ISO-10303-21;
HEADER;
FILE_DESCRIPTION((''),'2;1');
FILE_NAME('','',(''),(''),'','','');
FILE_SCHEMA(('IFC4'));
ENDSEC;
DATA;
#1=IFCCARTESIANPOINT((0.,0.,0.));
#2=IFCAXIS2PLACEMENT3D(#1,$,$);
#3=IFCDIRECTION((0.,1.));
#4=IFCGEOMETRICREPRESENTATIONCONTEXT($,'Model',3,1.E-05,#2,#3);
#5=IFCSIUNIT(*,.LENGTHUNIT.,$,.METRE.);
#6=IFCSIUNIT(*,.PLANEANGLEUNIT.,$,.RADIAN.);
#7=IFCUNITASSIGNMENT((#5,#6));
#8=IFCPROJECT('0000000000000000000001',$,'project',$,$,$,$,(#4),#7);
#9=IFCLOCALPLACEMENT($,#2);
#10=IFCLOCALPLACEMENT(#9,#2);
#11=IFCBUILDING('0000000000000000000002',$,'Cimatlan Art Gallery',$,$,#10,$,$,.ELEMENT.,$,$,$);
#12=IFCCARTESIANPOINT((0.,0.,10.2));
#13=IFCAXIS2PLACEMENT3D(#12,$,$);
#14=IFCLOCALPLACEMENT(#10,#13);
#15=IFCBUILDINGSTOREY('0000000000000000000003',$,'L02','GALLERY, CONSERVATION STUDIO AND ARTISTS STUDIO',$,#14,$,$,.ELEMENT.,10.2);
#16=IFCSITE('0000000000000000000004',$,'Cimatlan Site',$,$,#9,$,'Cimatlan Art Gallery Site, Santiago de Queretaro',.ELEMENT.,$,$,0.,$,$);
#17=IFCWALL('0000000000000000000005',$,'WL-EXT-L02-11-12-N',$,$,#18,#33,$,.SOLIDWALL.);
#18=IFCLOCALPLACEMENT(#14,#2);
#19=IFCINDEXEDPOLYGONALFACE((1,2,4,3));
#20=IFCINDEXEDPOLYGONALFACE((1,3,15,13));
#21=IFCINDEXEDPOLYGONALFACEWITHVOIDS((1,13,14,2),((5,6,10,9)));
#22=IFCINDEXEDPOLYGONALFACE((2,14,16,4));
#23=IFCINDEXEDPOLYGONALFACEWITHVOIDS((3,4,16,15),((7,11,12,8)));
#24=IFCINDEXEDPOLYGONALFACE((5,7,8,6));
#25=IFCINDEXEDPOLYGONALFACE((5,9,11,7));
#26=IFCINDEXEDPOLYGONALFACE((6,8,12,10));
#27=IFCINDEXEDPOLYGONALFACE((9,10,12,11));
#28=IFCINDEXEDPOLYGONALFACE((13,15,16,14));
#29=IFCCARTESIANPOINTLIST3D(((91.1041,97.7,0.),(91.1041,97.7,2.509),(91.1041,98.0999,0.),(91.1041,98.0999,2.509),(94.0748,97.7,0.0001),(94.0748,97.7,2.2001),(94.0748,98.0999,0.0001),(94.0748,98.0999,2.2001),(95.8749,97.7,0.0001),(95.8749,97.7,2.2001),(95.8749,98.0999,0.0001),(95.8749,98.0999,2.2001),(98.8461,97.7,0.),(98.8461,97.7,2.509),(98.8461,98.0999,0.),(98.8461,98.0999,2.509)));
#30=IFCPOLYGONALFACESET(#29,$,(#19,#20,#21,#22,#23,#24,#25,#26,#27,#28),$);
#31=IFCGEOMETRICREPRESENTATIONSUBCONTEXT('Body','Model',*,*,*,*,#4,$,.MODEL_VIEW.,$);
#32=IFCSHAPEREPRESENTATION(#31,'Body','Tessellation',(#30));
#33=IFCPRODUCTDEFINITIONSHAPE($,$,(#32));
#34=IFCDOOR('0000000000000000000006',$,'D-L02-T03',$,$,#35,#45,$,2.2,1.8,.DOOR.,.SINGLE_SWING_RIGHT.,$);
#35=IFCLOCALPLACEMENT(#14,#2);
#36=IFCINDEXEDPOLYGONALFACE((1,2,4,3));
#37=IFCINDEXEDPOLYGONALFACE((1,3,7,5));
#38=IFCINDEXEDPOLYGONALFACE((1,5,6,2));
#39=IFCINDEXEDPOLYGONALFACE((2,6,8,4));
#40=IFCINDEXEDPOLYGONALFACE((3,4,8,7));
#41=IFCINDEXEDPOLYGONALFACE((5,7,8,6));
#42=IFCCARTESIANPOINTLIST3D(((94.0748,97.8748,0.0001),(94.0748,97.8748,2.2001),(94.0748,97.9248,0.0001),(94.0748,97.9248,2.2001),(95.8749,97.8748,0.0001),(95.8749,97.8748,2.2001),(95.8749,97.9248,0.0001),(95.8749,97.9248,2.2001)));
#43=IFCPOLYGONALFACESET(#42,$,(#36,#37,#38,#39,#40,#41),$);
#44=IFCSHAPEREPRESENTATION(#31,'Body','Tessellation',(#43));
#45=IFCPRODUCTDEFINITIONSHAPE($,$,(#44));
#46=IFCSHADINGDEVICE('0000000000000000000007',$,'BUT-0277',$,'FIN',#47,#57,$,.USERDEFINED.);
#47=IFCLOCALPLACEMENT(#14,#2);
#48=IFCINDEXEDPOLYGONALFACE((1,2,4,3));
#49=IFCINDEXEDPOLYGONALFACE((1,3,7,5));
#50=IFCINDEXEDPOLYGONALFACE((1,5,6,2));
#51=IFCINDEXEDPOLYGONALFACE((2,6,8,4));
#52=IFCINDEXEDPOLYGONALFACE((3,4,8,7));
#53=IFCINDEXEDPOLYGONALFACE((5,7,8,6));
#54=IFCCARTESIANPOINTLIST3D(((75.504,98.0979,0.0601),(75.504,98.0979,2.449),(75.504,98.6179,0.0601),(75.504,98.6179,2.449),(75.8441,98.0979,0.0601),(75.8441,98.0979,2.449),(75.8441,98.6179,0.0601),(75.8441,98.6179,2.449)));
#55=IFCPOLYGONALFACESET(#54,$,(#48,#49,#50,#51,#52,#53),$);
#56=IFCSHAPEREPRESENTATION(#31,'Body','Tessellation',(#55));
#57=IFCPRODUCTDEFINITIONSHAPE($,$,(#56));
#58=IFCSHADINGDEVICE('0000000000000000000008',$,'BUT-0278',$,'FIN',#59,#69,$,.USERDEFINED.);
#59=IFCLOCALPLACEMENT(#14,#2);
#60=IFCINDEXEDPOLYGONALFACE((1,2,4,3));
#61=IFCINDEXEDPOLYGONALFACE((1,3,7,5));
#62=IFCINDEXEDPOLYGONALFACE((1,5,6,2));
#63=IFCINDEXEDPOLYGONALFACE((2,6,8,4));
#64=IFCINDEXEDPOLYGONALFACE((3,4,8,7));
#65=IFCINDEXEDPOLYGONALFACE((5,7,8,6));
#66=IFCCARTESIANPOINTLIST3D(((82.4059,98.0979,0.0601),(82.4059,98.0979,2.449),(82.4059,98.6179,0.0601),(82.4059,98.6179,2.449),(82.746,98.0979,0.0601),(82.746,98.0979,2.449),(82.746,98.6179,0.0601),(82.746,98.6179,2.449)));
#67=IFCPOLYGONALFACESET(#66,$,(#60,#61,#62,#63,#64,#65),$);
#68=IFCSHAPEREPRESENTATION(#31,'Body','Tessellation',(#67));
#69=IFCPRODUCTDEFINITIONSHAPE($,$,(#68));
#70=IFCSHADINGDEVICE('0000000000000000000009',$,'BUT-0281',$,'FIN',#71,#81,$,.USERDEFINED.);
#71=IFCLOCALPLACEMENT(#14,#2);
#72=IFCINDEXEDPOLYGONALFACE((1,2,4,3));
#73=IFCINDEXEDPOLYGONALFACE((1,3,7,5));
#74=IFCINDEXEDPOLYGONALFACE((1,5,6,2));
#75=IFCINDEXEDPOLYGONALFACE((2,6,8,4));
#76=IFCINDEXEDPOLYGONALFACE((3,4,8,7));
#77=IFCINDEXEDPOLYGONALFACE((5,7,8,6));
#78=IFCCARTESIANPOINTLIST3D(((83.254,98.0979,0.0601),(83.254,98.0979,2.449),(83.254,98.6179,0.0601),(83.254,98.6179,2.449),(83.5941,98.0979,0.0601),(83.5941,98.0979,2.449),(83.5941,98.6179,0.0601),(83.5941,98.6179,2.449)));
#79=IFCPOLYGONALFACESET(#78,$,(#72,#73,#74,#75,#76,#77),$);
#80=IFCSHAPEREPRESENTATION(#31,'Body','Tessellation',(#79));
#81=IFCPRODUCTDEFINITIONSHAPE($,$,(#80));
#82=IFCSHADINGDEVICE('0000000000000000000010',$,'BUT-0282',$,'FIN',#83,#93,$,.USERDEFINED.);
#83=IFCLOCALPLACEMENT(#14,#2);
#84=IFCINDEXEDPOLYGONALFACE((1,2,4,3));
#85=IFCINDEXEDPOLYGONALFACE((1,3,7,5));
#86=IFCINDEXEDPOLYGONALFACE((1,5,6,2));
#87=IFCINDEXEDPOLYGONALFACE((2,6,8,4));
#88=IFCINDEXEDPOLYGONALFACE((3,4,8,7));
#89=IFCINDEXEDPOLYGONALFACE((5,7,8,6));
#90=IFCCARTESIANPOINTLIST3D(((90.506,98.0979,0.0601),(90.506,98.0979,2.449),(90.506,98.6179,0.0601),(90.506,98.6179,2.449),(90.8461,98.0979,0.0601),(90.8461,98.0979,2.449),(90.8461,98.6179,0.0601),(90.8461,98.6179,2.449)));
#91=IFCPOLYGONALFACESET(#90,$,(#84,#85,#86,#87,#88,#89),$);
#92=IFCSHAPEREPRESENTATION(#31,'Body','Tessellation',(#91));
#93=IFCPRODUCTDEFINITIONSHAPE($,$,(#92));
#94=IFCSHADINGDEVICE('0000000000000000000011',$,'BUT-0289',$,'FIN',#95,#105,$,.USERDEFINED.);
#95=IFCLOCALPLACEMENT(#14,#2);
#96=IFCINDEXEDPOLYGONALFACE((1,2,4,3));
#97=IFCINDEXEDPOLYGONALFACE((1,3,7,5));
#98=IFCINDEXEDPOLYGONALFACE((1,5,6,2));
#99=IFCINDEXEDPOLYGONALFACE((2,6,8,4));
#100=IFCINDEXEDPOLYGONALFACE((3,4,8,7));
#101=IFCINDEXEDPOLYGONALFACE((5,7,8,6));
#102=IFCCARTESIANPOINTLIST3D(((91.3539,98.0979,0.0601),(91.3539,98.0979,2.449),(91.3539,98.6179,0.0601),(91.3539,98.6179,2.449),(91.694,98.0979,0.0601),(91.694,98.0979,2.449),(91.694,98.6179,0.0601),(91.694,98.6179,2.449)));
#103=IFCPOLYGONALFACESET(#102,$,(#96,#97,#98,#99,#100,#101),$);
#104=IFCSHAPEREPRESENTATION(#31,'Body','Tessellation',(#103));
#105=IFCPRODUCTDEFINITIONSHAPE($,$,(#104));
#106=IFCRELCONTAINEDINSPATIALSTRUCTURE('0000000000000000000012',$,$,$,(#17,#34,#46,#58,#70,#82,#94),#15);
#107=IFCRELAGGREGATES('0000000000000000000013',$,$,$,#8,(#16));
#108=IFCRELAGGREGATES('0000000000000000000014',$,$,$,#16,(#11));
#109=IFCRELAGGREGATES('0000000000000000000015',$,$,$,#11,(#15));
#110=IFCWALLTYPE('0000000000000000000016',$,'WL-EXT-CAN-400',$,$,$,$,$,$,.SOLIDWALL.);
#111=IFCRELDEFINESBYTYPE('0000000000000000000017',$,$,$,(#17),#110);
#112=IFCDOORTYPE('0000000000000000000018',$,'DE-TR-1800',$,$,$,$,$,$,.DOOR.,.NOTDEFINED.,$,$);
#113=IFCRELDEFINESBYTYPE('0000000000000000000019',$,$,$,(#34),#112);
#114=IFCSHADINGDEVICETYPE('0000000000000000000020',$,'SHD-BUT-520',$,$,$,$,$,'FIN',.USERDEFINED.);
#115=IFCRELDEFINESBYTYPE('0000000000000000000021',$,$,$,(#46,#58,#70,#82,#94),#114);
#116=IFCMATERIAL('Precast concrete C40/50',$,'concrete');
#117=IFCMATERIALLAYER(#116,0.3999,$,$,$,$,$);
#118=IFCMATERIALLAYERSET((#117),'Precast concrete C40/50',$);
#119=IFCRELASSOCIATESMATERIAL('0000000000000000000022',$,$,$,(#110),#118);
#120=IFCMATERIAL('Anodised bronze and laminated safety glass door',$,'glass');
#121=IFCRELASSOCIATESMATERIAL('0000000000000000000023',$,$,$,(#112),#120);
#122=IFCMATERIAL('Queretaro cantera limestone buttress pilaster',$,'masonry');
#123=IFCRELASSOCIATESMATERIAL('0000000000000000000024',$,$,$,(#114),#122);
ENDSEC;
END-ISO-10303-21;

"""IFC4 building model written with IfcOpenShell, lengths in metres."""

from ifc_helpers import new_model, si_unit, direction, frame, frame_2d, origin, origin_2d, place, context, subcontext, project, spatial, rectangle, extrude, material, layer, layer_set, type_object, element, fill, save


model = new_model("IFC4")

# Units and contexts
model_context = context("Model", 3, precision=1e-05, world=origin(), true_north=direction((0.0, 1.0)))
body_context = subcontext(model_context, "Body", "Model", "MODEL_VIEW")
ifc_project = project(units=[si_unit("LENGTHUNIT", "METRE"), si_unit("PLANEANGLEUNIT", "RADIAN")], contexts=[model_context])

# Site, building, storey
site_placement = place(None, origin())
site = spatial("IfcSite", under=ifc_project, at=site_placement, Name="Cimatlan Site", LongName="Cimatlan Art Gallery Site, Santiago de Queretaro", CompositionType="ELEMENT", RefElevation=0.0)
building_placement = place(site_placement, origin())
building = spatial("IfcBuilding", under=site, at=building_placement, Name="Cimatlan Art Gallery", CompositionType="ELEMENT")
storey_placement = place(building_placement, frame((0.0, 0.0, 10.2)))
storey = spatial("IfcBuildingStorey", under=building, at=storey_placement, Name="L02", Description="GALLERY, CONSERVATION STUDIO AND ARTISTS STUDIO", CompositionType="ELEMENT", Elevation=10.2)

# Shared definitions
ifc_material_1 = material(Name="Precast concrete C40/50", Category="concrete")
ifc_layer_1 = layer(ifc_material_1, 0.3999)
ifc_layer_set_1 = layer_set([ifc_layer_1], Name="Precast concrete C40/50")
wall_type = type_object("IfcWallType", Name="WL-EXT-CAN-400", PredefinedType="SOLIDWALL", material=ifc_layer_set_1)

# Wall, opening, door
wall_1_placement = place(storey_placement, frame((91.104, 97.8999, 0.0), z_axis=(0.0, 0.0, 1.0), x_axis=(1.0, 0.0, 0.0)))
wall_1 = element("IfcWall", 1, at=wall_1_placement, inside=storey, type_object=wall_type, Name="WL-EXT-L02-11-12-N", PredefinedType="SOLIDWALL", context=body_context, shape_type="SweptSolid", body=[
    extrude(rectangle(XDim=7.7419, YDim=0.3999, at=frame_2d((3.8711, 0.0))), origin(), (0.0, 0.0, 1.0), 2.509),
])
opening_placement = place(wall_1_placement, frame((2.9709, 0.0, 0.0)))
opening = element("IfcOpeningElement", 2, at=opening_placement, cuts=wall_1, PredefinedType="OPENING", context=body_context, shape_type="SweptSolid", body=[
    extrude(rectangle(XDim=1.8, YDim=2.2, at=frame_2d((0.8999, 1.1001))), frame((0.0, 0.21, 0.0), z_axis=(0.0, -1.0, 0.0), x_axis=(1.0, 0.0, 0.0)), (0.0, 0.0, 1.0), 0.4199),
])
ifc_material_2 = material(Name="Anodised bronze and laminated safety glass door", Category="glass")
door_type = type_object("IfcDoorType", Name="DE-TR-1800", OperationType="NOTDEFINED", PredefinedType="DOOR", material=ifc_material_2)
door_placement = place(opening_placement, origin())
door = element("IfcDoor", 3, at=door_placement, inside=storey, type_object=door_type, Name="D-L02-T03", OperationType="SINGLE_SWING_RIGHT", OverallHeight=2.2, OverallWidth=1.8, PredefinedType="DOOR", context=body_context, shape_type="SweptSolid", body=[
    extrude(rectangle(XDim=1.8, YDim=2.2, at=frame_2d((0.8999, 1.1001))), frame((0.0, 0.0249, 0.0), z_axis=(0.0, -1.0, 0.0), x_axis=(1.0, 0.0, 0.0)), (0.0, 0.0, 1.0), 0.05),
])
fill(opening, door)

# Shading devices
ifc_material_3 = material(Name="Queretaro cantera limestone buttress pilaster", Category="masonry")
shading_device_type = type_object("IfcShadingDeviceType", Name="SHD-BUT-520", ElementType="FIN", PredefinedType="USERDEFINED", material=ifc_material_3)
for number, where, z_axis, x_axis, name in (
    (4, (75.6741, 98.3579, 0.0601), (0.0, 0.0, 1.0), (1.0, 0.0, 0.0), "BUT-0277"),
    (5, (82.5759, 98.3579, 0.0601), (0.0, 0.0, 1.0), (1.0, 0.0, 0.0), "BUT-0278"),
    (6, (83.4241, 98.3579, 0.0601), (0.0, 0.0, 1.0), (1.0, 0.0, 0.0), "BUT-0281"),
    (7, (90.676, 98.3579, 0.0601), (0.0, 0.0, 1.0), (1.0, 0.0, 0.0), "BUT-0282"),
    (8, (91.5239, 98.3579, 0.0601), (0.0, 0.0, 1.0), (1.0, 0.0, 0.0), "BUT-0289"),
):
    element("IfcShadingDevice", number, at=place(storey_placement, frame(where, z_axis=z_axis, x_axis=x_axis)), inside=storey, type_object=shading_device_type, Name=name, ObjectType="FIN", PredefinedType="USERDEFINED", context=body_context, shape_type="SweptSolid", body=[
        extrude(rectangle(XDim=0.3401, YDim=0.52, at=origin_2d()), origin(), (0.0, 0.0, 1.0), 2.3889),
    ])

save(model, "model.ifc")
